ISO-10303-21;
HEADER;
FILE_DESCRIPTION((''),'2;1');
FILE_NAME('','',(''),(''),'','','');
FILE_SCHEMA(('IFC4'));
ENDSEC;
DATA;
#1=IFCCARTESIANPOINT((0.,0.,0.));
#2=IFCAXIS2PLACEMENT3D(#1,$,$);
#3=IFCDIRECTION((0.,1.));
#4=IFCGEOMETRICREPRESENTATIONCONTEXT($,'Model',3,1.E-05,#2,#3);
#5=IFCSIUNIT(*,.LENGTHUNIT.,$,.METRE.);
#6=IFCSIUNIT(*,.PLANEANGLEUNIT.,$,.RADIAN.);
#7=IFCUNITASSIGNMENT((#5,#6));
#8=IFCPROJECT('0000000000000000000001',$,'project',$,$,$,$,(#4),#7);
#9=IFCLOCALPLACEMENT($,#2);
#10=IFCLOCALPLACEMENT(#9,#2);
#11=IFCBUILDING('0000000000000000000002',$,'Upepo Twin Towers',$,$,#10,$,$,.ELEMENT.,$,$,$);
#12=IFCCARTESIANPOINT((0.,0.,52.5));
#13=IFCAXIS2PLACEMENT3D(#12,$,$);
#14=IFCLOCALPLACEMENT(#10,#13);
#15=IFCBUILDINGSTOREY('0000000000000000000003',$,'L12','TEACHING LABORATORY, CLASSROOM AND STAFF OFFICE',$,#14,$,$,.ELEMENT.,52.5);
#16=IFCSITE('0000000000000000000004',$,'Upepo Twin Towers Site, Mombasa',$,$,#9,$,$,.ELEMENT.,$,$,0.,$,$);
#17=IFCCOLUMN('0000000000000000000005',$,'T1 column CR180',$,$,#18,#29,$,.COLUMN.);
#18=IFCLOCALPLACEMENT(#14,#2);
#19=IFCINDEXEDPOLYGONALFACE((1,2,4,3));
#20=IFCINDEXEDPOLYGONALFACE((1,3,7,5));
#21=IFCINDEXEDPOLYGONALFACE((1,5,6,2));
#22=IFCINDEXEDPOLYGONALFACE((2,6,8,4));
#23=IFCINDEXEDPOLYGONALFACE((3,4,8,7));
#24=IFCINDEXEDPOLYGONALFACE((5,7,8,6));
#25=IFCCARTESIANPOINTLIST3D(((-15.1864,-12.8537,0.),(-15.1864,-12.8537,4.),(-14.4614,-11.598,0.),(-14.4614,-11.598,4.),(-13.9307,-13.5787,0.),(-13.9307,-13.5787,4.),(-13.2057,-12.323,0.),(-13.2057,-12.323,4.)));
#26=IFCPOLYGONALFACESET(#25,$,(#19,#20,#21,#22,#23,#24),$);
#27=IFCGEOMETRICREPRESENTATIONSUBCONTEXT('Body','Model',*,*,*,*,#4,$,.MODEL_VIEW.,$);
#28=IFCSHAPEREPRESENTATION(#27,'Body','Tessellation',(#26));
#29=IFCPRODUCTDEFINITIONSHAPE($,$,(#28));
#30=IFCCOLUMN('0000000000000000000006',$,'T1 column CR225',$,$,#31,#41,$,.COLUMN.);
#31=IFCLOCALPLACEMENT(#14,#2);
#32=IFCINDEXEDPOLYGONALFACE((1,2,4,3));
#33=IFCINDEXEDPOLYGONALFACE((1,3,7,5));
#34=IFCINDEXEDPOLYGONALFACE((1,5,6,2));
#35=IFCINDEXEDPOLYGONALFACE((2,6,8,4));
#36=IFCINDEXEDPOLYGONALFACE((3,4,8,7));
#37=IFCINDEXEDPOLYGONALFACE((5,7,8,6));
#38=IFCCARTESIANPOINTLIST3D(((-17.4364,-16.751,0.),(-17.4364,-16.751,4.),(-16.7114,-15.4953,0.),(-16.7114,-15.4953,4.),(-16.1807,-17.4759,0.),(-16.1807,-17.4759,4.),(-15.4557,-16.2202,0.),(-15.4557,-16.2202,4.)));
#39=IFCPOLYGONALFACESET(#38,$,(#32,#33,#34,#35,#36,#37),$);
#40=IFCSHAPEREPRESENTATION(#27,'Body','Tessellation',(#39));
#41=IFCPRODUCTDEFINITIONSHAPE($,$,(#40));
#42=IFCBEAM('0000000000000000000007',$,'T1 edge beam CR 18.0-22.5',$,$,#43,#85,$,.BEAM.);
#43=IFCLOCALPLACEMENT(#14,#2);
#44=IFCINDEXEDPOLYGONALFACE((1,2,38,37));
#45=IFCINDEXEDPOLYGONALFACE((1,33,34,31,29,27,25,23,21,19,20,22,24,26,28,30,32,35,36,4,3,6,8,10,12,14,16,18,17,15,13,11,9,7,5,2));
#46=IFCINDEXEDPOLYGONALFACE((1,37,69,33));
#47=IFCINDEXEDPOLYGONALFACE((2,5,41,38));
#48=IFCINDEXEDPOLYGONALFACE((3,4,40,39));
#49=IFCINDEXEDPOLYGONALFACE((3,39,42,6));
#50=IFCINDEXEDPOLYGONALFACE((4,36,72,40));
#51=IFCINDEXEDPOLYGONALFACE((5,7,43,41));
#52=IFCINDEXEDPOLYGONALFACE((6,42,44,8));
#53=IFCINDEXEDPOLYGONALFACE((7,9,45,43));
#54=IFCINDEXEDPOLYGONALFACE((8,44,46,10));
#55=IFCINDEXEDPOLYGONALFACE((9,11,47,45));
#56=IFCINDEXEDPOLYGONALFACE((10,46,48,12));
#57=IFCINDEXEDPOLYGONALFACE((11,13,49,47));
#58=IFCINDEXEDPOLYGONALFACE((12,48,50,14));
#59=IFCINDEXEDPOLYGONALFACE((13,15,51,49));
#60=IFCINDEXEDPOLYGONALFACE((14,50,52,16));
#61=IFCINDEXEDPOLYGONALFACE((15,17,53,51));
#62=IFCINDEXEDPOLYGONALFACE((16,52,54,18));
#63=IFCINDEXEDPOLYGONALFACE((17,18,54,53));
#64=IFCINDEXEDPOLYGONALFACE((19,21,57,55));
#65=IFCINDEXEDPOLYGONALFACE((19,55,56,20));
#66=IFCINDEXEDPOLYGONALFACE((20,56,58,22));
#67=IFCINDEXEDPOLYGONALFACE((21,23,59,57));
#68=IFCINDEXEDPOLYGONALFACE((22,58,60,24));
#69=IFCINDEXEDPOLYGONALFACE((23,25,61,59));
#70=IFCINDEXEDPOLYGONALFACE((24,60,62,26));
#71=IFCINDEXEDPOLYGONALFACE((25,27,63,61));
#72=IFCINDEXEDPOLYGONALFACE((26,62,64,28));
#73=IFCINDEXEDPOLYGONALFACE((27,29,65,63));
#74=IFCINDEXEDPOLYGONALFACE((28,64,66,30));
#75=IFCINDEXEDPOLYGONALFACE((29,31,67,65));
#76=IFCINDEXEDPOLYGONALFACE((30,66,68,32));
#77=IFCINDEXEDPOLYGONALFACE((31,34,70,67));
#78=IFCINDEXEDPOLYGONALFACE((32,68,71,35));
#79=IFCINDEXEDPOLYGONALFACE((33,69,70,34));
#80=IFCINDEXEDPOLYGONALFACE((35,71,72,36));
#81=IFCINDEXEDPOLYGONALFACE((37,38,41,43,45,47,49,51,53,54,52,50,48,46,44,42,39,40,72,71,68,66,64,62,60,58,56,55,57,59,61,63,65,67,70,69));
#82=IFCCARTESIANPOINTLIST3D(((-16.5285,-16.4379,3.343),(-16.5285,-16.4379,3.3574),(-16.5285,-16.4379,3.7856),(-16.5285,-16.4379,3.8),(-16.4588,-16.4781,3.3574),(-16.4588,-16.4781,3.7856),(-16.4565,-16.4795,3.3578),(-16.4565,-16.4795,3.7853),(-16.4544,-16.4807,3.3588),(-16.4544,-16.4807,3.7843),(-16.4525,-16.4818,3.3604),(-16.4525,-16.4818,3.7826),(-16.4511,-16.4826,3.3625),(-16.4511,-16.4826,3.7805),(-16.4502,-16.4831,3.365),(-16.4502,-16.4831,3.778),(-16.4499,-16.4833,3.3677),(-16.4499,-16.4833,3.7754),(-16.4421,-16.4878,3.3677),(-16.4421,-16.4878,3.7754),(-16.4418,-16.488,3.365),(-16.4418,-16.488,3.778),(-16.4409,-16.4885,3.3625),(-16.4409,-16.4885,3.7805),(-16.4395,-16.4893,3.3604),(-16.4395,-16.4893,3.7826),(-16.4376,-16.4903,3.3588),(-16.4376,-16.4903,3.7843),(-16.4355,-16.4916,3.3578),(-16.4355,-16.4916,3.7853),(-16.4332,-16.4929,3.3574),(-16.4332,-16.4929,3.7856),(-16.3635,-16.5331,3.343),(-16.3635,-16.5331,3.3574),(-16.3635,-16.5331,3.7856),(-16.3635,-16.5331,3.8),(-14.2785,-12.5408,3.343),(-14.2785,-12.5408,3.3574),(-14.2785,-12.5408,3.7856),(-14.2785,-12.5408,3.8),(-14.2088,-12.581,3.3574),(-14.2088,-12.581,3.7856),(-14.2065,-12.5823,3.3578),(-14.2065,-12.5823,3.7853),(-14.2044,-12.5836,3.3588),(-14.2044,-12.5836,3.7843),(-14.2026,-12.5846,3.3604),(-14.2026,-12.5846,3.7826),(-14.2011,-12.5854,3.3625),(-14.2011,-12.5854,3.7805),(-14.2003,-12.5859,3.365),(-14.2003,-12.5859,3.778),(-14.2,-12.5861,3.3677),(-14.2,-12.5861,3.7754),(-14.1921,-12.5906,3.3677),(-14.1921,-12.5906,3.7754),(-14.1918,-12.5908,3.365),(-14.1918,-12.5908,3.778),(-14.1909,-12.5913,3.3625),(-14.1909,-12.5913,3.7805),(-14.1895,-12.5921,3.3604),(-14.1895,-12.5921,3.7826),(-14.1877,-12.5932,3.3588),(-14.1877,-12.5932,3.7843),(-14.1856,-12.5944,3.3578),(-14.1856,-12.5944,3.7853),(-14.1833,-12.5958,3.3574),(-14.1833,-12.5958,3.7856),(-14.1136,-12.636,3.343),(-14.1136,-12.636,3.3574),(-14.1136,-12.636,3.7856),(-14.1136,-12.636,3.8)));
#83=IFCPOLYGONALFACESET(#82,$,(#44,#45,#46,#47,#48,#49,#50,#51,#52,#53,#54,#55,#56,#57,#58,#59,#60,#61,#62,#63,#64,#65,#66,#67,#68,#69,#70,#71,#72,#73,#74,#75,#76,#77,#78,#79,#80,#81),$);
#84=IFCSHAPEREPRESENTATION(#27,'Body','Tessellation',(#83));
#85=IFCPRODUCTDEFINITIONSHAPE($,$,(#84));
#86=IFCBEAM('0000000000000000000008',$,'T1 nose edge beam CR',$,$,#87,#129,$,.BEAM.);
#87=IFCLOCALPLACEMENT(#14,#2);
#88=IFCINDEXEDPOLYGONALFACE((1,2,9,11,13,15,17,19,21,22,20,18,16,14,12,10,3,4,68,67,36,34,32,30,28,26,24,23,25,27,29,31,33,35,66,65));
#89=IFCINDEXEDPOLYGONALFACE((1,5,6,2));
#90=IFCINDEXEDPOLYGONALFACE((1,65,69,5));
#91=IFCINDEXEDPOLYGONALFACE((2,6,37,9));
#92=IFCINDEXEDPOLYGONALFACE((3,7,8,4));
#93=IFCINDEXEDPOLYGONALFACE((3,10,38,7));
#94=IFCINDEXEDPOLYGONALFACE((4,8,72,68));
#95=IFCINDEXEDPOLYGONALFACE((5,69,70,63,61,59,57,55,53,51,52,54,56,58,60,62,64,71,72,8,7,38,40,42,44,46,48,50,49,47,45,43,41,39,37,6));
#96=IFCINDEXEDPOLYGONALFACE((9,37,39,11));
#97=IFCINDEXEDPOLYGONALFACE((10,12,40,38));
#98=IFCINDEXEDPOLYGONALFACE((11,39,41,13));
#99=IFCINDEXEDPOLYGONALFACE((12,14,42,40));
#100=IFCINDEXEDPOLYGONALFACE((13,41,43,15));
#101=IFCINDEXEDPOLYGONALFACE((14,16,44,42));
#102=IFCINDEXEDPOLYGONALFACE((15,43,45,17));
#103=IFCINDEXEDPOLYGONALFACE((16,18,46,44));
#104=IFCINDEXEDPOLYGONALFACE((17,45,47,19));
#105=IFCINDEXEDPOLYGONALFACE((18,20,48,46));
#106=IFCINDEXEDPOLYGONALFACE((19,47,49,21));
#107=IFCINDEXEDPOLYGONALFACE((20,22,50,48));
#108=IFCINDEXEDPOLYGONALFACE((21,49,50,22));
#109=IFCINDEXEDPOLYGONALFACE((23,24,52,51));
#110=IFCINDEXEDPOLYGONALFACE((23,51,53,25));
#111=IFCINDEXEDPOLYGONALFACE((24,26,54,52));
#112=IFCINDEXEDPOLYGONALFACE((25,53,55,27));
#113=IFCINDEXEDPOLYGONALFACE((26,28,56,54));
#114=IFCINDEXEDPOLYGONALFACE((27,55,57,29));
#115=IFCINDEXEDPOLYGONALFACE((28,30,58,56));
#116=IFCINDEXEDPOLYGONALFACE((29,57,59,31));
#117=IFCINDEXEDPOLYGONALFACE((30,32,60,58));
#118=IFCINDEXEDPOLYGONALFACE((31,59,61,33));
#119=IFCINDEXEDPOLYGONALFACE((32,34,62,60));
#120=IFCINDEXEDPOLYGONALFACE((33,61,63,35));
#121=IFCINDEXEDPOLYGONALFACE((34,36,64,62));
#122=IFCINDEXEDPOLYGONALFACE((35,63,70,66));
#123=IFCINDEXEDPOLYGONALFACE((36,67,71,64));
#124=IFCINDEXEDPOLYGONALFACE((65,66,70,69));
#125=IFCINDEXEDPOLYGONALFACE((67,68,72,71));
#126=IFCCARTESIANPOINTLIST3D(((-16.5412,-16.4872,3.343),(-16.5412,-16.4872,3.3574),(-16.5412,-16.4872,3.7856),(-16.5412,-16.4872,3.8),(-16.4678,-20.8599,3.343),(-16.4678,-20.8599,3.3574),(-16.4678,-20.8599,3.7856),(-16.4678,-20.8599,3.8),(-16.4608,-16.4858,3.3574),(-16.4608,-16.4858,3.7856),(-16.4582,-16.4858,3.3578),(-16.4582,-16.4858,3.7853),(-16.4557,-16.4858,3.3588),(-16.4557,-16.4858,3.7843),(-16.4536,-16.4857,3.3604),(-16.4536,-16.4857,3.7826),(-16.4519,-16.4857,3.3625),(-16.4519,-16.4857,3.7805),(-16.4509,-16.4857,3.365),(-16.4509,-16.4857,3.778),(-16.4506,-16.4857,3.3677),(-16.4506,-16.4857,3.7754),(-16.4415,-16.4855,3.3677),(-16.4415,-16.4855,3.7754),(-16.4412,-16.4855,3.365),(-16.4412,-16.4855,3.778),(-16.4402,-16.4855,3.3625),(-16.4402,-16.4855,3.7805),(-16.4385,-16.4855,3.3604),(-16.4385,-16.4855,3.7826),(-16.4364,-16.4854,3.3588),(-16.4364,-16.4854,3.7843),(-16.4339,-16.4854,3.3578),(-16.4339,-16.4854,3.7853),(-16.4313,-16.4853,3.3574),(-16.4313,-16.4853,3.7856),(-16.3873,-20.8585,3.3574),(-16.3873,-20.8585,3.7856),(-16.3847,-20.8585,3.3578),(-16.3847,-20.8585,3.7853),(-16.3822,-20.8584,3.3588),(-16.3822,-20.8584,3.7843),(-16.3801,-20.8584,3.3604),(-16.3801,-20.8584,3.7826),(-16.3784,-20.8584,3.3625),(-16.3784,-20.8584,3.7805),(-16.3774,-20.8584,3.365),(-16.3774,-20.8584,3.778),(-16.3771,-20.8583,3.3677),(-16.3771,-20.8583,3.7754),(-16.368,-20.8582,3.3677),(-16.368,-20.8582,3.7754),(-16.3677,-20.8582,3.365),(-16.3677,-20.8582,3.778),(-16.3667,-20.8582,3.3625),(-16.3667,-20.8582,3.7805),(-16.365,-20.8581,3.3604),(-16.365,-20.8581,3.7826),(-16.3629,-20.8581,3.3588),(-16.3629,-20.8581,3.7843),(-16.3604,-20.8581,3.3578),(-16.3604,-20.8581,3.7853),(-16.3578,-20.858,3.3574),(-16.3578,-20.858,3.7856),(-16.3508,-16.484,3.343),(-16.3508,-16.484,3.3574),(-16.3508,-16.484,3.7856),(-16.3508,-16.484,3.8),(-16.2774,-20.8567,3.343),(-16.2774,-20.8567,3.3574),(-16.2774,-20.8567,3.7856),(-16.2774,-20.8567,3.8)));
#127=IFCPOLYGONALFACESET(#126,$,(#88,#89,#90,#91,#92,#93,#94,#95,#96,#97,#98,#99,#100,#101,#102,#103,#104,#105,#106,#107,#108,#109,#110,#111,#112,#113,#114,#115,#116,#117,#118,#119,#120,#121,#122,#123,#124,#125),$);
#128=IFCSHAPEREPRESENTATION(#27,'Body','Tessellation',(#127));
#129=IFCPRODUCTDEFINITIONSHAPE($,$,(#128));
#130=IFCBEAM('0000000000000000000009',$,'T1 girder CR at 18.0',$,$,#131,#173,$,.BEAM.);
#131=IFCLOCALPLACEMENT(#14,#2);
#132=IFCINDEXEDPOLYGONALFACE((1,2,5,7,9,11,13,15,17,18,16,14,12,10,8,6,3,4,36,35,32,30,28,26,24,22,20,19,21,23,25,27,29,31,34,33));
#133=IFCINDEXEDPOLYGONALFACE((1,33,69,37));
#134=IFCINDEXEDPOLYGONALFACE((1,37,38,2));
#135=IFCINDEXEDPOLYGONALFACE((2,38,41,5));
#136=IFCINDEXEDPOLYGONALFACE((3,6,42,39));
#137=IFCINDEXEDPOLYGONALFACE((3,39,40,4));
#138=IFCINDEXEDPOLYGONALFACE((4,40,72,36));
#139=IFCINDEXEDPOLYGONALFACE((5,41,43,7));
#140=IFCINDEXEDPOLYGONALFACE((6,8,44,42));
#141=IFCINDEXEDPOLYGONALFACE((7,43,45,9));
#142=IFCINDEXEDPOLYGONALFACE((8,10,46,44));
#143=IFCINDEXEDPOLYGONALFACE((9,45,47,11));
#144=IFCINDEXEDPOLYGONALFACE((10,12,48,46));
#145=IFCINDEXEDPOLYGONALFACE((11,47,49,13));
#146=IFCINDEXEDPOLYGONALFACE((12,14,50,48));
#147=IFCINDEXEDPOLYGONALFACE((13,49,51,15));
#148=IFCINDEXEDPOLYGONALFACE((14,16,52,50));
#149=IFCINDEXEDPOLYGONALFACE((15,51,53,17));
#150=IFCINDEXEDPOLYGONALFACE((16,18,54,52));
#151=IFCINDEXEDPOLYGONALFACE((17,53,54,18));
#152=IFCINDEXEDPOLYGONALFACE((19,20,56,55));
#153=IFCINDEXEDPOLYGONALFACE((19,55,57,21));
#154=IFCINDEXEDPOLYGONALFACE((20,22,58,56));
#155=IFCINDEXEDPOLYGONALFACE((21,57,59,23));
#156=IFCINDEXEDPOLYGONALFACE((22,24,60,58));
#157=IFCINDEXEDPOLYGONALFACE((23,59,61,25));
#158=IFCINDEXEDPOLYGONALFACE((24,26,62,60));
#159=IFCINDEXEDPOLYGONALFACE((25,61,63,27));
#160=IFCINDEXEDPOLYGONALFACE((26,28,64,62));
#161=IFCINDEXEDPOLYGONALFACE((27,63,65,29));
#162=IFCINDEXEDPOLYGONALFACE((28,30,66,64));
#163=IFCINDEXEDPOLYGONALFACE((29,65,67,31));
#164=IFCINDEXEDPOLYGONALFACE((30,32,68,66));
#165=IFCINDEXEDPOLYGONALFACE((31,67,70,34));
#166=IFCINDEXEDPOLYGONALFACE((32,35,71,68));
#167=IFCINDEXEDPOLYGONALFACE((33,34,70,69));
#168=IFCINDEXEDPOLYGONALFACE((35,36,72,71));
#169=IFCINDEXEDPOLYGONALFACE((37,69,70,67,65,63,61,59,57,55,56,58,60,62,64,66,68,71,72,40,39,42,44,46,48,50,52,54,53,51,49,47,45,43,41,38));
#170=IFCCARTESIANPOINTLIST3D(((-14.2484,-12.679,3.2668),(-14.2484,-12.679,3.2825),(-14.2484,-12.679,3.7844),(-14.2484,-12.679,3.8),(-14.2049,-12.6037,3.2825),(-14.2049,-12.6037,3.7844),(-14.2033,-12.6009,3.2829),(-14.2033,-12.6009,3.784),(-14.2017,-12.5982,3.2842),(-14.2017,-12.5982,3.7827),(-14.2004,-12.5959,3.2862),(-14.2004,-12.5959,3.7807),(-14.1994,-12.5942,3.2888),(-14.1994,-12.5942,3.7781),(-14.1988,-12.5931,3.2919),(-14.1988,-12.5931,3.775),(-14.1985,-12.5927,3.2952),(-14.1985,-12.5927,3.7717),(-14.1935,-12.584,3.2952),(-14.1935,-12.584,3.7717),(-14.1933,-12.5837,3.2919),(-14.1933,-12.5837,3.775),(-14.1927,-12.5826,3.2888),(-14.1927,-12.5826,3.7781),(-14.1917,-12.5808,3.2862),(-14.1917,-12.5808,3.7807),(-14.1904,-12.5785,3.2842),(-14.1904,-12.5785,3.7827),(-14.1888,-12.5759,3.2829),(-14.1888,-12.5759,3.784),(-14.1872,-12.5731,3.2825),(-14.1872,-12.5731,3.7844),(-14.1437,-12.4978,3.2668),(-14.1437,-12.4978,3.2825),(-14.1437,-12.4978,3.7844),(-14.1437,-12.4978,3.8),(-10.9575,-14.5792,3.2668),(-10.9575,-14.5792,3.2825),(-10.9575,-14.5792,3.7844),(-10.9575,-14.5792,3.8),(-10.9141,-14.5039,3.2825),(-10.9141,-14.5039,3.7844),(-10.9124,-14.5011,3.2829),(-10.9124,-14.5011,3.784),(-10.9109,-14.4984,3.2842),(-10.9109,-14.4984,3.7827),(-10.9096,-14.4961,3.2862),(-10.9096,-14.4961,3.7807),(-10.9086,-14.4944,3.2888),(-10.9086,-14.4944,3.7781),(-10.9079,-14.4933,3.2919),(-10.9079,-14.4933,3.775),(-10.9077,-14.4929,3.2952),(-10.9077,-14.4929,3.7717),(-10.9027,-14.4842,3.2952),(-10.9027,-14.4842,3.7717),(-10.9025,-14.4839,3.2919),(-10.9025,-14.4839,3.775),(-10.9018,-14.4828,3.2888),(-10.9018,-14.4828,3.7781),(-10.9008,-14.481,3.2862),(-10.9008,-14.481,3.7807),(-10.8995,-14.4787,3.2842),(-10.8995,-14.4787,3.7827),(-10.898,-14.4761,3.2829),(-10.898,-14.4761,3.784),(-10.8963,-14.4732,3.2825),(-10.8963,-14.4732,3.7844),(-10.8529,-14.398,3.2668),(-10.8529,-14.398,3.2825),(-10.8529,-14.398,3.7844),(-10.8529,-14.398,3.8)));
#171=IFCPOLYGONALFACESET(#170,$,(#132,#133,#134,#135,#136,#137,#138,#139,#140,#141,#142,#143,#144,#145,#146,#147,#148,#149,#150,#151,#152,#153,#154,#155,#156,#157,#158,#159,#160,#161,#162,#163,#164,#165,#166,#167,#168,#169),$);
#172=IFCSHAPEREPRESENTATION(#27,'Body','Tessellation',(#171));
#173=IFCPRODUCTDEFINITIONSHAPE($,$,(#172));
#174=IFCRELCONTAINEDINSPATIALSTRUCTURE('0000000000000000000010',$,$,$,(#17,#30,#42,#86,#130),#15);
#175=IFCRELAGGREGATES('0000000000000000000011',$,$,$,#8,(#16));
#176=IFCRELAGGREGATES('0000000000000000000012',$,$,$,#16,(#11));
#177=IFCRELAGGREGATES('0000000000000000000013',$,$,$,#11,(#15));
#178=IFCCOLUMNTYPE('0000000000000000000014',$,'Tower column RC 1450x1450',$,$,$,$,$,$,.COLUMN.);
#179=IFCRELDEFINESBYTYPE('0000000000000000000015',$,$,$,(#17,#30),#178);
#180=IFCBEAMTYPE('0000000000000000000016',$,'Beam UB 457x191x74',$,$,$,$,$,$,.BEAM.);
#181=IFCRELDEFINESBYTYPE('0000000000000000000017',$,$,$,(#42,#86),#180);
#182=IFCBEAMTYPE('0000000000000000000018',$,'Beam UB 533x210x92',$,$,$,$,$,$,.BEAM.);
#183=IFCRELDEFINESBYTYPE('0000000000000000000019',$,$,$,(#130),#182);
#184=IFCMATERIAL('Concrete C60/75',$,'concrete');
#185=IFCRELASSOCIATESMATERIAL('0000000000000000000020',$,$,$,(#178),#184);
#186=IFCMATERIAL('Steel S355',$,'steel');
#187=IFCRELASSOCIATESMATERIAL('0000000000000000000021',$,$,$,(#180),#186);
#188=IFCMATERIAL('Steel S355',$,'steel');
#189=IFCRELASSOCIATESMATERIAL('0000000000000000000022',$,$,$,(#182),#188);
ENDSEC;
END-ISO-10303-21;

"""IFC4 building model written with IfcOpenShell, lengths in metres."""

from ifc_helpers import new_model, si_unit, direction, frame, origin, origin_2d, place, context, subcontext, project, spatial, rectangle, i_section, extrude, material, material_profile, profile_set, type_object, element, save


model = new_model("IFC4")

# Units and contexts
model_context = context("Model", 3, precision=1e-05, world=origin(), true_north=direction((0.0, 1.0)))
body_context = subcontext(model_context, "Body", "Model", "MODEL_VIEW")
ifc_project = project(units=[si_unit("LENGTHUNIT", "METRE"), si_unit("PLANEANGLEUNIT", "RADIAN")], contexts=[model_context])

# Site, building, storey
site_placement = place(None, origin())
site = spatial("IfcSite", under=ifc_project, at=site_placement, Name="Upepo Twin Towers Site, Mombasa", CompositionType="ELEMENT", RefElevation=0.0)
building_placement = place(site_placement, origin())
building = spatial("IfcBuilding", under=site, at=building_placement, Name="Upepo Twin Towers", CompositionType="ELEMENT")
storey_placement = place(building_placement, frame((0.0, 0.0, 52.5)))
storey = spatial("IfcBuildingStorey", under=building, at=storey_placement, Name="L12", Description="TEACHING LABORATORY, CLASSROOM AND STAFF OFFICE", CompositionType="ELEMENT", Elevation=52.5)

# Columns
ifc_material_1 = material(Name="Concrete C60/75", Category="concrete")
ifc_material_profile_1 = material_profile(ifc_material_1, rectangle(XDim=1.45, YDim=1.45, at=origin_2d()), Name="RC 1450x1450")
ifc_profile_set_1 = profile_set([ifc_material_profile_1], Name="Concrete C60/75")
column_type = type_object("IfcColumnType", Name="Tower column RC 1450x1450", PredefinedType="COLUMN", material=ifc_profile_set_1)
for number, where, z_axis, x_axis, name in (
    (1, (-14.196, -12.5884, 0.0), (0.0, 0.0, 1.0), (0.5, 0.866025, 0.0), "T1 column CR180"),
    (2, (-16.446, -16.4856, 0.0), (0.0, 0.0, 1.0), (0.5, 0.866025, 0.0), "T1 column CR225"),
):
    element("IfcColumn", number, at=place(storey_placement, frame(where, z_axis=z_axis, x_axis=x_axis)), inside=storey, type_object=column_type, Name=name, PredefinedType="COLUMN", context=body_context, shape_type="SweptSolid", body=[
        extrude(rectangle(XDim=1.45, YDim=1.45, at=origin_2d()), origin(), (0.0, 0.0, 1.0), 4.0),
    ])

# Beams
ifc_material_2 = material(Name="Steel S355", Category="steel")
ifc_material_profile_2 = material_profile(ifc_material_2, i_section(OverallWidth=0.1904, OverallDepth=0.457, WebThickness=0.009, FlangeThickness=0.0144, FilletRadius=0.0103, at=origin_2d()), Name="UB 457x191x74")
ifc_profile_set_2 = profile_set([ifc_material_profile_2], Name="Steel S355")
beam_type_1 = type_object("IfcBeamType", Name="Beam UB 457x191x74", PredefinedType="BEAM", material=ifc_profile_set_2)
beam_1_placement = place(storey_placement, frame((-14.196, -12.5884, 3.5715), z_axis=(-0.49999, -0.866031, 0.0), x_axis=(0.866031, -0.49999, 0.0)))
element("IfcBeam", 3, at=beam_1_placement, inside=storey, type_object=beam_type_1, Name="T1 edge beam CR 18.0-22.5", PredefinedType="BEAM", context=body_context, shape_type="SweptSolid", body=[
    extrude(i_section(OverallWidth=0.1904, OverallDepth=0.457, WebThickness=0.009, FlangeThickness=0.0144, FilletRadius=0.0103, at=origin_2d()), origin(), (0.0, 0.0, 1.0), 4.5),
])
beam_2_placement = place(storey_placement, frame((-16.446, -16.4856, 3.5715), z_axis=(0.016804, -0.999859, 0.0), x_axis=(0.999859, 0.016804, 0.0)))
element("IfcBeam", 4, at=beam_2_placement, inside=storey, type_object=beam_type_1, Name="T1 nose edge beam CR", PredefinedType="BEAM", context=body_context, shape_type="SweptSolid", body=[
    extrude(i_section(OverallWidth=0.1904, OverallDepth=0.457, WebThickness=0.009, FlangeThickness=0.0144, FilletRadius=0.0103, at=origin_2d()), origin(), (0.0, 0.0, 1.0), 4.3733),
])
ifc_material_3 = material(Name="Steel S355", Category="steel")
ifc_material_profile_3 = material_profile(ifc_material_3, i_section(OverallWidth=0.2092, OverallDepth=0.5332, WebThickness=0.01, FlangeThickness=0.0156, FilletRadius=0.0127, at=origin_2d()), Name="UB 533x210x92")
ifc_profile_set_3 = profile_set([ifc_material_profile_3], Name="Steel S355")
beam_type_2 = type_object("IfcBeamType", Name="Beam UB 533x210x92", PredefinedType="BEAM", material=ifc_profile_set_3)
beam_3_placement = place(storey_placement, frame((-14.196, -12.5884, 3.5334), z_axis=(0.866, -0.500043, 0.0), x_axis=(0.500043, 0.866, 0.0)))
element("IfcBeam", 5, at=beam_3_placement, inside=storey, type_object=beam_type_2, Name="T1 girder CR at 18.0", PredefinedType="BEAM", context=body_context, shape_type="SweptSolid", body=[
    extrude(i_section(OverallWidth=0.2092, OverallDepth=0.5332, WebThickness=0.01, FlangeThickness=0.0156, FilletRadius=0.0127, at=origin_2d()), origin(), (0.0, 0.0, 1.0), 3.8),
])

save(model, "model.ifc")
